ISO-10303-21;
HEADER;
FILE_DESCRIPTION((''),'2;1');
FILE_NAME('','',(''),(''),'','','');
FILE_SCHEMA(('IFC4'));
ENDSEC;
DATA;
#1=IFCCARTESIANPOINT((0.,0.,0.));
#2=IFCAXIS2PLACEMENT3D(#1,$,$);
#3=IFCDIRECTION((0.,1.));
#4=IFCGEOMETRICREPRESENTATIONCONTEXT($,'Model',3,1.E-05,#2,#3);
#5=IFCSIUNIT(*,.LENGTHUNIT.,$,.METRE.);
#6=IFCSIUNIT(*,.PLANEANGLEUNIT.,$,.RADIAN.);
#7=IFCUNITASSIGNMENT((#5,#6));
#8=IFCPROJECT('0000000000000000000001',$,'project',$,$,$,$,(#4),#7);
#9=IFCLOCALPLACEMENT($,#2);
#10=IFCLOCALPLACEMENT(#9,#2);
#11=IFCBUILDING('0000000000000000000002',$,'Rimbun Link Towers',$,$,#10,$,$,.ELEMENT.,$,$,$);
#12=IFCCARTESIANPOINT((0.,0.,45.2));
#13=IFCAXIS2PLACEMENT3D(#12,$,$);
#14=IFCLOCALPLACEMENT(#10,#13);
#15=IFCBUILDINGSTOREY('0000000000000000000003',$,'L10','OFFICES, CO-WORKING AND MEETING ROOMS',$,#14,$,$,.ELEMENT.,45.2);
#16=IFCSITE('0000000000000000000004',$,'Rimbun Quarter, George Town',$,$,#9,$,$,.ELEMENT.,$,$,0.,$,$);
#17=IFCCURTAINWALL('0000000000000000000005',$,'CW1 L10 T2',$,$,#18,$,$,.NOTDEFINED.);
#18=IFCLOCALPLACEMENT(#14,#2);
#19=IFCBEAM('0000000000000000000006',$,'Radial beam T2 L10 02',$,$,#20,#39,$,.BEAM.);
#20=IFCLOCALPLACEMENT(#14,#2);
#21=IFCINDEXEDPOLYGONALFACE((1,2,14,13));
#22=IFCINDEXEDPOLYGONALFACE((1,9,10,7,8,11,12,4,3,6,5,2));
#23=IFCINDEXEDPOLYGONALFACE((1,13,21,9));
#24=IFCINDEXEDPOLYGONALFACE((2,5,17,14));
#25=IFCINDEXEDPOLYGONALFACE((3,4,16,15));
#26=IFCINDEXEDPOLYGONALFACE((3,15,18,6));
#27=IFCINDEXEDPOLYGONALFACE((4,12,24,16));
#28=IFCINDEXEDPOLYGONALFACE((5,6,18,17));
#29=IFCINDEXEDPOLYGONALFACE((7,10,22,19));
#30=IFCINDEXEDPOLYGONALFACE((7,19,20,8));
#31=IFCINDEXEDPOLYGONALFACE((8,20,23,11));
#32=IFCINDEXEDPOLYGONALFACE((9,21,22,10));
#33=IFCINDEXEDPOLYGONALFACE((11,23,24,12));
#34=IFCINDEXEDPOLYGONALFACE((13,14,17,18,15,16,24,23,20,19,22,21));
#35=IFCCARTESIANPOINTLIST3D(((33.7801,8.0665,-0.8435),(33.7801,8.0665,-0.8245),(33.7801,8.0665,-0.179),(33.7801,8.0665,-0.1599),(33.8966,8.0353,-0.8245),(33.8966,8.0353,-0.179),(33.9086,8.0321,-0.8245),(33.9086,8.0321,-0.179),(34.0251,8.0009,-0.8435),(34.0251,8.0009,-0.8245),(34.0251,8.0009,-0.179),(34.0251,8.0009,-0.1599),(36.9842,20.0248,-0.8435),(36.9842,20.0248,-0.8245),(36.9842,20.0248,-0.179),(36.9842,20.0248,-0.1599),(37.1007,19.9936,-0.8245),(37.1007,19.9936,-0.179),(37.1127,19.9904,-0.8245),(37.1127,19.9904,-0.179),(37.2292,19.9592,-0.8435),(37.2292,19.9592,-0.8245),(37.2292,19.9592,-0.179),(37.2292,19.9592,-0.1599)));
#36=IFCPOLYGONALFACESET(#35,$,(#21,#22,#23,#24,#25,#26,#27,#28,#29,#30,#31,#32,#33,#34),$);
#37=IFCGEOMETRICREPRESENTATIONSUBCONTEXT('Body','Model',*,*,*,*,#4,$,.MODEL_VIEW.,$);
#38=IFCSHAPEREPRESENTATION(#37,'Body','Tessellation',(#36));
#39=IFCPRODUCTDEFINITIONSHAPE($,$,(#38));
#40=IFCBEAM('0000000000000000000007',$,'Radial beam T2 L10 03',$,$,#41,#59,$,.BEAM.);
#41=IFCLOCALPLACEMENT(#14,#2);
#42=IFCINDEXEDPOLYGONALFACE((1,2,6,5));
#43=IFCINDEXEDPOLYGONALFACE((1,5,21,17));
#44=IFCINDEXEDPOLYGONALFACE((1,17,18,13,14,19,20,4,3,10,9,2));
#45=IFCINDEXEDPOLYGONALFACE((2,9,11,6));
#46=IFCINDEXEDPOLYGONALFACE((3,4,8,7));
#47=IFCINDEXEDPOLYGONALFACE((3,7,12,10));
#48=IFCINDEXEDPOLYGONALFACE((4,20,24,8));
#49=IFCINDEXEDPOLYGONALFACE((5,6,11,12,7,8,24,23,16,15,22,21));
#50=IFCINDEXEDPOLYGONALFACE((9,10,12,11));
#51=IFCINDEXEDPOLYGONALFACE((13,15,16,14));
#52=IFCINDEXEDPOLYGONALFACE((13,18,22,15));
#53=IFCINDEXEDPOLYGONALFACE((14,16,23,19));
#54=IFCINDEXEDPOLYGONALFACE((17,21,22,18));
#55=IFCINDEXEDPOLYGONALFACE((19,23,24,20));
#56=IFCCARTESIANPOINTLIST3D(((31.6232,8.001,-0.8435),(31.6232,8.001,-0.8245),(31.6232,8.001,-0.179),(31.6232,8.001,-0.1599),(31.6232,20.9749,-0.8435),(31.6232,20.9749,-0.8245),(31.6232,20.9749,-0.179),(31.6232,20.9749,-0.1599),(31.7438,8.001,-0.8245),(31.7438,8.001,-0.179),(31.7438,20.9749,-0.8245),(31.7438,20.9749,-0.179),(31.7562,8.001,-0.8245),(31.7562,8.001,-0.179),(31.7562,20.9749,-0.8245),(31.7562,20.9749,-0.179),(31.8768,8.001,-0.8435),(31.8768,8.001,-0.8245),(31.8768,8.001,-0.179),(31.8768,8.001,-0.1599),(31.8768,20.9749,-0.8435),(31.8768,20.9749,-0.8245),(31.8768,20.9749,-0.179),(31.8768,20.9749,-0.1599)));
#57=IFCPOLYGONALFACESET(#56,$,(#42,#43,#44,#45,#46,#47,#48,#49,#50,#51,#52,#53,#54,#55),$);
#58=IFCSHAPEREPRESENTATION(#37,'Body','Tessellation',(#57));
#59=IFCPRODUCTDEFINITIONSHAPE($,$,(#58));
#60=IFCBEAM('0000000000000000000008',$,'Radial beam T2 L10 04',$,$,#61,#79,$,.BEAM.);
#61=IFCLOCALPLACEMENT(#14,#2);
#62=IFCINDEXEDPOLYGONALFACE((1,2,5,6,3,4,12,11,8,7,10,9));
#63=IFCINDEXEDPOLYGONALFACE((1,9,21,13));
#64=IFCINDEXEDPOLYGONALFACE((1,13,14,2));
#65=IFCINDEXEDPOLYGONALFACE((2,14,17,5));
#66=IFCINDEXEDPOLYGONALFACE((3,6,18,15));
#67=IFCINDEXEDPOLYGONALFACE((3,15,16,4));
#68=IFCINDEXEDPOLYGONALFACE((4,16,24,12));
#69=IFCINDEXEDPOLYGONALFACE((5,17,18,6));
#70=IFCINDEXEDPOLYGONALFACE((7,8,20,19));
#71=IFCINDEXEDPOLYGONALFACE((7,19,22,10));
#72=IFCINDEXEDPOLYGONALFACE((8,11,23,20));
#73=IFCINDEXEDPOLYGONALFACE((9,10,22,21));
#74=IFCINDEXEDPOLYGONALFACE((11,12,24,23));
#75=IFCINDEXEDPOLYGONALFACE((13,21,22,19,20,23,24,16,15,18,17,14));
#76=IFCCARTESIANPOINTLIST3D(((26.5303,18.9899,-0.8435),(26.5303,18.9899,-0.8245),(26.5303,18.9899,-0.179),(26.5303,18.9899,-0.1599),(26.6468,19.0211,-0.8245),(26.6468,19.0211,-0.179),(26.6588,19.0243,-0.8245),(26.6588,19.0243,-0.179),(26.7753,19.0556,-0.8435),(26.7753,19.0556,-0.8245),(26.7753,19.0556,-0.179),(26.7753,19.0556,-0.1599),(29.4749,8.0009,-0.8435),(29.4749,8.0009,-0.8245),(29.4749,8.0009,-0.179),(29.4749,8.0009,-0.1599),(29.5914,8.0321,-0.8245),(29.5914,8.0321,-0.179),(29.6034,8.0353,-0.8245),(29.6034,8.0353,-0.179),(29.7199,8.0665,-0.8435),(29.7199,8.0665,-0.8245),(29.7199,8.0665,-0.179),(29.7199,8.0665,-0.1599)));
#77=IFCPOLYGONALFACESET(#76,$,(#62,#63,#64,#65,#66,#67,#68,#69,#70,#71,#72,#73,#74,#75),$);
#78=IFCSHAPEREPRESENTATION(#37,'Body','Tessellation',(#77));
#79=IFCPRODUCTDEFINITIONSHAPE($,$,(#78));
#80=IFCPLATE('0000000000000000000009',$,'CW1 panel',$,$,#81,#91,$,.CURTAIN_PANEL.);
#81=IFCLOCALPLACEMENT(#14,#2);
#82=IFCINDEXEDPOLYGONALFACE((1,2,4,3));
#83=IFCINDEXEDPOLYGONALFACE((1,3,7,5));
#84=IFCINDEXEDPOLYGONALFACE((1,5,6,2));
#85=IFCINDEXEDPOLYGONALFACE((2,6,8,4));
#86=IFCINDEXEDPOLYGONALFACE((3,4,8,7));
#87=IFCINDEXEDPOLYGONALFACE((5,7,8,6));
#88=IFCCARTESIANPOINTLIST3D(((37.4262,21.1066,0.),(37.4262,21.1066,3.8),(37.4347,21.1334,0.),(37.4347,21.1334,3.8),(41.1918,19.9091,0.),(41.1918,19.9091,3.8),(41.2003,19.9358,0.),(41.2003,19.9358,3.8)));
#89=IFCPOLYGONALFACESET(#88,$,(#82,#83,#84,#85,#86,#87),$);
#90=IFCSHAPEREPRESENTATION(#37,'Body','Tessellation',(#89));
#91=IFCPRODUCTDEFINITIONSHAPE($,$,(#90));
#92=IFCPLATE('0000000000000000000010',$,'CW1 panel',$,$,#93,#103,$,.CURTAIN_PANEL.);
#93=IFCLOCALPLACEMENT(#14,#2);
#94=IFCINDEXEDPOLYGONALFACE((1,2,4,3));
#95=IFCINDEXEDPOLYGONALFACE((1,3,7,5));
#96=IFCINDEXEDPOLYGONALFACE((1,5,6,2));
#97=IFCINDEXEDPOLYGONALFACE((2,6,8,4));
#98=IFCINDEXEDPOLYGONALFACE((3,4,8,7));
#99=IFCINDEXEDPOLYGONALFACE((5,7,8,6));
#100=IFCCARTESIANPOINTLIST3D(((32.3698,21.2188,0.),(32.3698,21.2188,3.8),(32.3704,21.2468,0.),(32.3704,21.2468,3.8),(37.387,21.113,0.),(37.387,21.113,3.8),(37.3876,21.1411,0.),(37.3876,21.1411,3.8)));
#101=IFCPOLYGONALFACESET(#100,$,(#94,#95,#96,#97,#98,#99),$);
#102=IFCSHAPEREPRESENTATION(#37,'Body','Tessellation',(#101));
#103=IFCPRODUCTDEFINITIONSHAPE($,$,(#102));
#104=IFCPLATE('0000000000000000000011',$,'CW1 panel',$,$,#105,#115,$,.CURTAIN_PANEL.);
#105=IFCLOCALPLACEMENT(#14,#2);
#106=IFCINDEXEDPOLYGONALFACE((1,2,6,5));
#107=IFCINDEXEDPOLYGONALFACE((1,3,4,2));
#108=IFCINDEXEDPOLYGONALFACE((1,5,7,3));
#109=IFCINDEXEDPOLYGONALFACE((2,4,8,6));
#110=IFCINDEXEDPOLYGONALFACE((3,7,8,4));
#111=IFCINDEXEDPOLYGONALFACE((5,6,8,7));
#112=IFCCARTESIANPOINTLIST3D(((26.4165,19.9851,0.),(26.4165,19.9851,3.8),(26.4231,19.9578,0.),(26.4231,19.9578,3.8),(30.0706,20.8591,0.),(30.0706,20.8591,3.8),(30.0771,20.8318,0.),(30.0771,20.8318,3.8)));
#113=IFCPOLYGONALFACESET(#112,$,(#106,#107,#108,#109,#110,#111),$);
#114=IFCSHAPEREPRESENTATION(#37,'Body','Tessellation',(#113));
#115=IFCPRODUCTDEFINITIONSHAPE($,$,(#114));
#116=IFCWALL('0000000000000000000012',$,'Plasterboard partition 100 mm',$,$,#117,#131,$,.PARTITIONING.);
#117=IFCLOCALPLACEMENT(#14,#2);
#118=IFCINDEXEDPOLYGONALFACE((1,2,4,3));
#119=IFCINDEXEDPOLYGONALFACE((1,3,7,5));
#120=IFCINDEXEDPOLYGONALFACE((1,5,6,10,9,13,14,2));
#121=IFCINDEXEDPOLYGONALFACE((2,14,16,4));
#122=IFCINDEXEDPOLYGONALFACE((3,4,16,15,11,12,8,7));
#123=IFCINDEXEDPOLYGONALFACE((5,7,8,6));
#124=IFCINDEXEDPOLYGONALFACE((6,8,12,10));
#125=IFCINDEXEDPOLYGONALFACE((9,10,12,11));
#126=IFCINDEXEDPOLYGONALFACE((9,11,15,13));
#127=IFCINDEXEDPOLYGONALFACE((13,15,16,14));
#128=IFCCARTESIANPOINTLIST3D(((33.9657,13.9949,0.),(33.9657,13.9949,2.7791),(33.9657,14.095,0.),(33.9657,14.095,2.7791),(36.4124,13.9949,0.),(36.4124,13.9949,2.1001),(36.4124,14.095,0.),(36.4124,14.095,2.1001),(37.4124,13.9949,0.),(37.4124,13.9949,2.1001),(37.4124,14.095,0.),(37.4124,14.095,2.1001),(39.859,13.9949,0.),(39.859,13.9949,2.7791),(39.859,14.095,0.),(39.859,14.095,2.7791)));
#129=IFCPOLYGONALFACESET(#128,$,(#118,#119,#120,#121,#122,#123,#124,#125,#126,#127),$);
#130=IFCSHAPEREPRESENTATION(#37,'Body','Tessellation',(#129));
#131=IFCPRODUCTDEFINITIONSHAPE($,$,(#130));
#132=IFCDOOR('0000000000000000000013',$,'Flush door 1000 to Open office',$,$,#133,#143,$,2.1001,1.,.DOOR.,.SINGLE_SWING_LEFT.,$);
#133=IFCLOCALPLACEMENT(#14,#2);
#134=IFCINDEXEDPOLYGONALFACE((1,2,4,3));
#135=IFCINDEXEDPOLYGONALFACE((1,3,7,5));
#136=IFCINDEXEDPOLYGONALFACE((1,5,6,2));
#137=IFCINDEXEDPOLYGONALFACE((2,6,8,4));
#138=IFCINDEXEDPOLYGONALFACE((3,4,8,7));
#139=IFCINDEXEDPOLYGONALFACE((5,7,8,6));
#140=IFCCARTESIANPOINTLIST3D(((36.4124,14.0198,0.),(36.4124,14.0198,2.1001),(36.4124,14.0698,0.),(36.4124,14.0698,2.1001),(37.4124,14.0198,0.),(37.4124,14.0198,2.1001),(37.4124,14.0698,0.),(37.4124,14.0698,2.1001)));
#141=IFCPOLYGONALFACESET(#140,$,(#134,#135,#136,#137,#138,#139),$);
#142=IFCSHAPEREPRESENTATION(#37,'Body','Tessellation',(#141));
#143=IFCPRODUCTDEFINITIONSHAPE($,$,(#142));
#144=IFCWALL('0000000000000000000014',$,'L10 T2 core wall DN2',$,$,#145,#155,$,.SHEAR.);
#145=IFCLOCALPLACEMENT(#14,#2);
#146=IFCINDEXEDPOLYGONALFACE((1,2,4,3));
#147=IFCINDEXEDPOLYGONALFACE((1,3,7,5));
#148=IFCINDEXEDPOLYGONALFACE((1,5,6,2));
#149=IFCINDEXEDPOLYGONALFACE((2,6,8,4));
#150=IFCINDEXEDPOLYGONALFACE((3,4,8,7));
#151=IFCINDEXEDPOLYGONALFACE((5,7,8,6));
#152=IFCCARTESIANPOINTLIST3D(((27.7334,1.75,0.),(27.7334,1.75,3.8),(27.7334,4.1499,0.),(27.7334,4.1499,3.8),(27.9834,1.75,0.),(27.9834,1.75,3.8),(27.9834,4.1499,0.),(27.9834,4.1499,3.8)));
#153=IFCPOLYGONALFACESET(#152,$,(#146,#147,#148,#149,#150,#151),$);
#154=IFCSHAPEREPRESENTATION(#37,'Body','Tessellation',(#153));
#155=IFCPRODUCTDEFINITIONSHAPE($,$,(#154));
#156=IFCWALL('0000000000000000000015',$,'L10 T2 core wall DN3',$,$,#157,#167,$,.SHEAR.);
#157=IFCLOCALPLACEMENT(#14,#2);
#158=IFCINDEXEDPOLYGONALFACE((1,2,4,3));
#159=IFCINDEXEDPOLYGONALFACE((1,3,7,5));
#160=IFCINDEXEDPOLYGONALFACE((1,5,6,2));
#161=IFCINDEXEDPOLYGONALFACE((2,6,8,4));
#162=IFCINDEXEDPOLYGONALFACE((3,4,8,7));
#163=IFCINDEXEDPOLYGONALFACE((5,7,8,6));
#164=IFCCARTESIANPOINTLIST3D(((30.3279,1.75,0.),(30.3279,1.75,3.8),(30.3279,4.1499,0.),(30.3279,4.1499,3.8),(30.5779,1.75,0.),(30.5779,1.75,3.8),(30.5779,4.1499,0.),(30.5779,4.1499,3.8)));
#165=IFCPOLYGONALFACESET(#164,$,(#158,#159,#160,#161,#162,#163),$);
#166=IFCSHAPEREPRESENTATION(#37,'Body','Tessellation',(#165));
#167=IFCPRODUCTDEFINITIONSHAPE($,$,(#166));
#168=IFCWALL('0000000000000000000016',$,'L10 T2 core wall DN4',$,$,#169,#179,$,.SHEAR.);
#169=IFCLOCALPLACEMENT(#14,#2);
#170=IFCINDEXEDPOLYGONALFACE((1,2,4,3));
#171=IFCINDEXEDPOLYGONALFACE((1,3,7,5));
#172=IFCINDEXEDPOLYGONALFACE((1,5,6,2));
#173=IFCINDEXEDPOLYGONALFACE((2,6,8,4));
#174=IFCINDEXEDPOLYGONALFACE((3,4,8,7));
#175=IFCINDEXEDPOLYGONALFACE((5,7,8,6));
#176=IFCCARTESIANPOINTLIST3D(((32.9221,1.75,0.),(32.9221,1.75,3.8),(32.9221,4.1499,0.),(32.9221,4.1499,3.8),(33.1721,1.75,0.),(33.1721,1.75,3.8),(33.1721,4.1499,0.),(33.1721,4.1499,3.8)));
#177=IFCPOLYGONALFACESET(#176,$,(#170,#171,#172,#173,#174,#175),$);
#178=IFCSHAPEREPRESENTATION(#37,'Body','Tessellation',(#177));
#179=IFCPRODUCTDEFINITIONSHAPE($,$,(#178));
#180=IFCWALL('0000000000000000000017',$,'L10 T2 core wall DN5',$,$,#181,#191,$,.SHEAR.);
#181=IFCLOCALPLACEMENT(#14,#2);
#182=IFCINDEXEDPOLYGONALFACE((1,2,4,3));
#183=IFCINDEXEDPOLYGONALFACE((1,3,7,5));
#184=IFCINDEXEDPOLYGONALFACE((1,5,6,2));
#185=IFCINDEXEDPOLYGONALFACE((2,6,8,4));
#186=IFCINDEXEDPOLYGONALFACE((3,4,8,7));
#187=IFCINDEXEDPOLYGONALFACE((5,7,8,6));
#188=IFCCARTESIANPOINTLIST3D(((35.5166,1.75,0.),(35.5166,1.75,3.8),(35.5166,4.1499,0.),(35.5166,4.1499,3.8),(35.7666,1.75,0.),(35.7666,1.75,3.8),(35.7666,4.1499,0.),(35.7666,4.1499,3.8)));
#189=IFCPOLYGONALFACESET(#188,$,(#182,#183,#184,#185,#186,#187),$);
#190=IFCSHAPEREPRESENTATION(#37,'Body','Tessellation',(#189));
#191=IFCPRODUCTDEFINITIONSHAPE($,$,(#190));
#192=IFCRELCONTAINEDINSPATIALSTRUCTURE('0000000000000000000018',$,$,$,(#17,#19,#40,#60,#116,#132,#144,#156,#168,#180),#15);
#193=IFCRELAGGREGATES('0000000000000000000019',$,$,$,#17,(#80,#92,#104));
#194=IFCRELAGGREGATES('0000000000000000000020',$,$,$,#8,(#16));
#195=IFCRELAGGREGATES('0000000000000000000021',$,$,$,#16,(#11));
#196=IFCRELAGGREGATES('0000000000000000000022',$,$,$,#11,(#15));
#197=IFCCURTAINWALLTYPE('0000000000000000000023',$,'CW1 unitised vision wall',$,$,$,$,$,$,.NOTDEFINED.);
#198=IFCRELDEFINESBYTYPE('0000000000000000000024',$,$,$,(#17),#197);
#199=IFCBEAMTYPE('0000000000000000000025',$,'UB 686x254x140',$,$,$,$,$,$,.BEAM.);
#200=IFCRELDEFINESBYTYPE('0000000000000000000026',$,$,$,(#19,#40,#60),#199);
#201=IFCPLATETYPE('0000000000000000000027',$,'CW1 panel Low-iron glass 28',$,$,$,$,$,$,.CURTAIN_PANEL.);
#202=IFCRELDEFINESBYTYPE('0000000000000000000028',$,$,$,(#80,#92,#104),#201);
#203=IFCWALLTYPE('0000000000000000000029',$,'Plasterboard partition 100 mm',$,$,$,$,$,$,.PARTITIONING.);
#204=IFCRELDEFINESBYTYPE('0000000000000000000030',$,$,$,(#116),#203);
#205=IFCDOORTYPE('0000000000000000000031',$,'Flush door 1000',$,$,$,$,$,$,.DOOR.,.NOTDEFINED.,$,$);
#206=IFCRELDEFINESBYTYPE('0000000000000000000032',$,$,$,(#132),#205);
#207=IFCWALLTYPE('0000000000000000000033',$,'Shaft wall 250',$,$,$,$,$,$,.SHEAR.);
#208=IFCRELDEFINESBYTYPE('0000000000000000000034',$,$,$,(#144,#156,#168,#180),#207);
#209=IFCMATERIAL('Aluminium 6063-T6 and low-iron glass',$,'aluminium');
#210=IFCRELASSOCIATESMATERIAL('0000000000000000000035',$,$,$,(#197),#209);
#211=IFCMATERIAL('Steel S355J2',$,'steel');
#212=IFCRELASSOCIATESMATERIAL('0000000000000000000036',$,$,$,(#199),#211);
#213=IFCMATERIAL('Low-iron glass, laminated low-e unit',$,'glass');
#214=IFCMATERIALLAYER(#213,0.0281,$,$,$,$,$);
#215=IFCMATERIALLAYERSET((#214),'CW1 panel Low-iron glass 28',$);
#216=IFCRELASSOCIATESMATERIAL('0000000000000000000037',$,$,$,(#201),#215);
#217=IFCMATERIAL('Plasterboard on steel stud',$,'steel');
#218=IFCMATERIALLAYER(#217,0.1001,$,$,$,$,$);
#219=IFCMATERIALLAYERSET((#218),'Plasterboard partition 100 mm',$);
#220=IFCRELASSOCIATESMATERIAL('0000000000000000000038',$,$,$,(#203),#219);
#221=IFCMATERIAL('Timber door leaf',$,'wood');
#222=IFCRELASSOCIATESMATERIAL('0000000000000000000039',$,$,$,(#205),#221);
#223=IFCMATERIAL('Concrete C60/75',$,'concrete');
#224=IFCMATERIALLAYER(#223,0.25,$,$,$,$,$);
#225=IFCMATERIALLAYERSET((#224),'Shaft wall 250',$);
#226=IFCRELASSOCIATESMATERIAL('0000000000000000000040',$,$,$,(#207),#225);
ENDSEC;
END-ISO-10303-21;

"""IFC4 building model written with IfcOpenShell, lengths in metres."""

from ifc_helpers import new_model, si_unit, direction, frame, frame_2d, origin, origin_2d, place, context, subcontext, project, spatial, rectangle, i_section, extrude, material, layer, layer_set, material_profile, profile_set, type_object, element, fill, aggregate, save


model = new_model("IFC4")

# Units and contexts
model_context = context("Model", 3, precision=1e-05, world=origin(), true_north=direction((0.0, 1.0)))
body_context = subcontext(model_context, "Body", "Model", "MODEL_VIEW")
ifc_project = project(units=[si_unit("LENGTHUNIT", "METRE"), si_unit("PLANEANGLEUNIT", "RADIAN")], contexts=[model_context])

# Site, building, storey
site_placement = place(None, origin())
site = spatial("IfcSite", under=ifc_project, at=site_placement, Name="Rimbun Quarter, George Town", CompositionType="ELEMENT", RefElevation=0.0)
building_placement = place(site_placement, origin())
building = spatial("IfcBuilding", under=site, at=building_placement, Name="Rimbun Link Towers", CompositionType="ELEMENT")
storey_placement = place(building_placement, frame((0.0, 0.0, 45.2)))
storey = spatial("IfcBuildingStorey", under=building, at=storey_placement, Name="L10", Description="OFFICES, CO-WORKING AND MEETING ROOMS", CompositionType="ELEMENT", Elevation=45.2)

# Curtain wall
ifc_material_1 = material(Name="Aluminium 6063-T6 and low-iron glass", Category="aluminium")
curtain_wall_type = type_object("IfcCurtainWallType", Name="CW1 unitised vision wall", PredefinedType="NOTDEFINED", material=ifc_material_1)
curtain_wall_placement = place(storey_placement, origin())
curtain_wall = element("IfcCurtainWall", 1, at=curtain_wall_placement, inside=storey, type_object=curtain_wall_type, Name="CW1 L10 T2", PredefinedType="NOTDEFINED")

# Beams
ifc_material_2 = material(Name="Steel S355J2", Category="steel")
ifc_material_profile_1 = material_profile(ifc_material_2, i_section(OverallWidth=0.2537, OverallDepth=0.6836, WebThickness=0.0125, FlangeThickness=0.019, at=origin_2d()), Name="UB 686x254x140")
ifc_profile_set_1 = profile_set([ifc_material_profile_1], Name="Steel S355J2")
beam_type_1 = type_object("IfcBeamType", Name="UB 686x254x140", PredefinedType="BEAM", material=ifc_profile_set_1)
beam_1_placement = place(storey_placement, frame((33.9026, 8.0337, -0.5017), z_axis=(0.258811, 0.965928, 0.0), x_axis=(-0.965928, 0.258811, 0.0)))
element("IfcBeam", 2, at=beam_1_placement, inside=storey, type_object=beam_type_1, Name="Radial beam T2 L10 02", PredefinedType="BEAM", context=body_context, shape_type="SweptSolid", body=[
    extrude(i_section(OverallWidth=0.2537, OverallDepth=0.6836, WebThickness=0.0125, FlangeThickness=0.019, at=origin_2d()), origin(), (0.0, 0.0, 1.0), 12.3801),
])
beam_2_placement = place(storey_placement, frame((31.75, 8.001, -0.5017), z_axis=(0.0, 1.0, 0.0), x_axis=(-1.0, 0.0, 0.0)))
element("IfcBeam", 3, at=beam_2_placement, inside=storey, type_object=beam_type_1, Name="Radial beam T2 L10 03", PredefinedType="BEAM", context=body_context, shape_type="SweptSolid", body=[
    extrude(i_section(OverallWidth=0.2537, OverallDepth=0.6836, WebThickness=0.0125, FlangeThickness=0.019, at=origin_2d()), origin(), (0.0, 0.0, 1.0), 12.9739),
])
beam_3_placement = place(storey_placement, frame((29.5974, 8.0337, -0.5017), z_axis=(-0.258826, 0.965924, 0.0), x_axis=(-0.965924, -0.258826, 0.0)))
element("IfcBeam", 4, at=beam_3_placement, inside=storey, type_object=beam_type_1, Name="Radial beam T2 L10 04", PredefinedType="BEAM", context=body_context, shape_type="SweptSolid", body=[
    extrude(i_section(OverallWidth=0.2537, OverallDepth=0.6836, WebThickness=0.0125, FlangeThickness=0.019, at=origin_2d()), origin(), (0.0, 0.0, 1.0), 11.3767),
])

# Plates
ifc_material_3 = material(Name="Low-iron glass, laminated low-e unit", Category="glass")
ifc_layer_1 = layer(ifc_material_3, 0.0281)
ifc_layer_set_1 = layer_set([ifc_layer_1], Name="CW1 panel Low-iron glass 28")
plate_type = type_object("IfcPlateType", Name="CW1 panel Low-iron glass 28", PredefinedType="CURTAIN_PANEL", material=ifc_layer_set_1)
plate_1_placement = place(storey_placement, frame((39.3132, 20.5212, 0.0), z_axis=(0.0, 0.0, 1.0), x_axis=(0.952968, -0.303071, 0.0)))
plate_1 = element("IfcPlate", 5, at=plate_1_placement, type_object=plate_type, Name="CW1 panel", PredefinedType="CURTAIN_PANEL", context=body_context, shape_type="SweptSolid", body=[
    extrude(rectangle(XDim=3.9514, YDim=0.0281, at=origin_2d()), origin(), (0.0, 0.0, 1.0), 3.8),
])
plate_2_placement = place(storey_placement, frame((34.8787, 21.1799, 0.0), z_axis=(0.0, 0.0, 1.0), x_axis=(0.999778, -0.021066, 0.0)))
plate_2 = element("IfcPlate", 6, at=plate_2_placement, type_object=plate_type, Name="CW1 panel", PredefinedType="CURTAIN_PANEL", context=body_context, shape_type="SweptSolid", body=[
    extrude(rectangle(XDim=5.0183, YDim=0.0281, at=origin_2d()), origin(), (0.0, 0.0, 1.0), 3.8),
])
plate_3_placement = place(storey_placement, frame((28.2468, 20.4084, 0.0), z_axis=(0.0, 0.0, 1.0), x_axis=(0.97257, 0.23261, 0.0)))
plate_3 = element("IfcPlate", 7, at=plate_3_placement, type_object=plate_type, Name="CW1 panel", PredefinedType="CURTAIN_PANEL", context=body_context, shape_type="SweptSolid", body=[
    extrude(rectangle(XDim=3.7571, YDim=0.0281, at=origin_2d()), origin(), (0.0, 0.0, 1.0), 3.8),
])
aggregate(curtain_wall, [plate_1, plate_2, plate_3])

# Wall, opening, door
ifc_material_4 = material(Name="Plasterboard on steel stud", Category="steel")
ifc_layer_2 = layer(ifc_material_4, 0.1001)
ifc_layer_set_2 = layer_set([ifc_layer_2], Name="Plasterboard partition 100 mm")
wall_type_1 = type_object("IfcWallType", Name="Plasterboard partition 100 mm", PredefinedType="PARTITIONING", material=ifc_layer_set_2)
wall_1_placement = place(storey_placement, frame((33.9656, 14.0449, 0.0), z_axis=(0.0, 0.0, 1.0), x_axis=(1.0, 0.0, 0.0)))
wall_1 = element("IfcWall", 8, at=wall_1_placement, inside=storey, type_object=wall_type_1, Name="Plasterboard partition 100 mm", PredefinedType="PARTITIONING", context=body_context, shape_type="SweptSolid", body=[
    extrude(rectangle(XDim=5.8933, YDim=0.1001, at=frame_2d((2.9468, 0.0))), origin(), (0.0, 0.0, 1.0), 2.7791),
])
opening_1_placement = place(wall_1_placement, frame((2.4468, 0.0, 0.0)))
opening_1 = element("IfcOpeningElement", 9, at=opening_1_placement, cuts=wall_1, PredefinedType="OPENING", context=body_context, shape_type="SweptSolid", body=[
    extrude(rectangle(XDim=1.0, YDim=2.1001, at=frame_2d((0.5, 1.05))), frame((0.0, 0.0601, 0.0), z_axis=(0.0, -1.0, 0.0), x_axis=(1.0, 0.0, 0.0)), (0.0, 0.0, 1.0), 0.1201),
])
ifc_material_5 = material(Name="Timber door leaf", Category="wood")
door_type_1 = type_object("IfcDoorType", Name="Flush door 1000", OperationType="NOTDEFINED", PredefinedType="DOOR", material=ifc_material_5)
door_1_placement = place(opening_1_placement, origin())
door_1 = element("IfcDoor", 10, at=door_1_placement, inside=storey, type_object=door_type_1, Name="Flush door 1000 to Open office", OperationType="SINGLE_SWING_LEFT", OverallHeight=2.1001, OverallWidth=1.0, PredefinedType="DOOR", context=body_context, shape_type="SweptSolid", body=[
    extrude(rectangle(XDim=1.0, YDim=2.1001, at=frame_2d((0.5, 1.05))), frame((0.0, 0.0249, 0.0), z_axis=(0.0, -1.0, 0.0), x_axis=(1.0, 0.0, 0.0)), (0.0, 0.0, 1.0), 0.05),
])
fill(opening_1, door_1)

# Walls
ifc_material_6 = material(Name="Concrete C60/75", Category="concrete")
ifc_layer_3 = layer(ifc_material_6, 0.25)
ifc_layer_set_3 = layer_set([ifc_layer_3], Name="Shaft wall 250")
wall_type_2 = type_object("IfcWallType", Name="Shaft wall 250", PredefinedType="SHEAR", material=ifc_layer_set_3)
for number, where, z_axis, x_axis, name in (
    (11, (27.8584, 1.75, 0.0), (0.0, 0.0, 1.0), (0.0, 1.0, 0.0), "L10 T2 core wall DN2"),
    (12, (30.4529, 1.75, 0.0), (0.0, 0.0, 1.0), (0.0, 1.0, 0.0), "L10 T2 core wall DN3"),
    (13, (33.0471, 1.75, 0.0), (0.0, 0.0, 1.0), (0.0, 1.0, 0.0), "L10 T2 core wall DN4"),
    (14, (35.6416, 1.75, 0.0), (0.0, 0.0, 1.0), (0.0, 1.0, 0.0), "L10 T2 core wall DN5"),
):
    element("IfcWall", number, at=place(storey_placement, frame(where, z_axis=z_axis, x_axis=x_axis)), inside=storey, type_object=wall_type_2, Name=name, PredefinedType="SHEAR", context=body_context, shape_type="SweptSolid", body=[
        extrude(rectangle(XDim=2.3999, YDim=0.25, at=frame_2d((1.2, 0.0))), origin(), (0.0, 0.0, 1.0), 3.8),
    ])

save(model, "model.ifc")
